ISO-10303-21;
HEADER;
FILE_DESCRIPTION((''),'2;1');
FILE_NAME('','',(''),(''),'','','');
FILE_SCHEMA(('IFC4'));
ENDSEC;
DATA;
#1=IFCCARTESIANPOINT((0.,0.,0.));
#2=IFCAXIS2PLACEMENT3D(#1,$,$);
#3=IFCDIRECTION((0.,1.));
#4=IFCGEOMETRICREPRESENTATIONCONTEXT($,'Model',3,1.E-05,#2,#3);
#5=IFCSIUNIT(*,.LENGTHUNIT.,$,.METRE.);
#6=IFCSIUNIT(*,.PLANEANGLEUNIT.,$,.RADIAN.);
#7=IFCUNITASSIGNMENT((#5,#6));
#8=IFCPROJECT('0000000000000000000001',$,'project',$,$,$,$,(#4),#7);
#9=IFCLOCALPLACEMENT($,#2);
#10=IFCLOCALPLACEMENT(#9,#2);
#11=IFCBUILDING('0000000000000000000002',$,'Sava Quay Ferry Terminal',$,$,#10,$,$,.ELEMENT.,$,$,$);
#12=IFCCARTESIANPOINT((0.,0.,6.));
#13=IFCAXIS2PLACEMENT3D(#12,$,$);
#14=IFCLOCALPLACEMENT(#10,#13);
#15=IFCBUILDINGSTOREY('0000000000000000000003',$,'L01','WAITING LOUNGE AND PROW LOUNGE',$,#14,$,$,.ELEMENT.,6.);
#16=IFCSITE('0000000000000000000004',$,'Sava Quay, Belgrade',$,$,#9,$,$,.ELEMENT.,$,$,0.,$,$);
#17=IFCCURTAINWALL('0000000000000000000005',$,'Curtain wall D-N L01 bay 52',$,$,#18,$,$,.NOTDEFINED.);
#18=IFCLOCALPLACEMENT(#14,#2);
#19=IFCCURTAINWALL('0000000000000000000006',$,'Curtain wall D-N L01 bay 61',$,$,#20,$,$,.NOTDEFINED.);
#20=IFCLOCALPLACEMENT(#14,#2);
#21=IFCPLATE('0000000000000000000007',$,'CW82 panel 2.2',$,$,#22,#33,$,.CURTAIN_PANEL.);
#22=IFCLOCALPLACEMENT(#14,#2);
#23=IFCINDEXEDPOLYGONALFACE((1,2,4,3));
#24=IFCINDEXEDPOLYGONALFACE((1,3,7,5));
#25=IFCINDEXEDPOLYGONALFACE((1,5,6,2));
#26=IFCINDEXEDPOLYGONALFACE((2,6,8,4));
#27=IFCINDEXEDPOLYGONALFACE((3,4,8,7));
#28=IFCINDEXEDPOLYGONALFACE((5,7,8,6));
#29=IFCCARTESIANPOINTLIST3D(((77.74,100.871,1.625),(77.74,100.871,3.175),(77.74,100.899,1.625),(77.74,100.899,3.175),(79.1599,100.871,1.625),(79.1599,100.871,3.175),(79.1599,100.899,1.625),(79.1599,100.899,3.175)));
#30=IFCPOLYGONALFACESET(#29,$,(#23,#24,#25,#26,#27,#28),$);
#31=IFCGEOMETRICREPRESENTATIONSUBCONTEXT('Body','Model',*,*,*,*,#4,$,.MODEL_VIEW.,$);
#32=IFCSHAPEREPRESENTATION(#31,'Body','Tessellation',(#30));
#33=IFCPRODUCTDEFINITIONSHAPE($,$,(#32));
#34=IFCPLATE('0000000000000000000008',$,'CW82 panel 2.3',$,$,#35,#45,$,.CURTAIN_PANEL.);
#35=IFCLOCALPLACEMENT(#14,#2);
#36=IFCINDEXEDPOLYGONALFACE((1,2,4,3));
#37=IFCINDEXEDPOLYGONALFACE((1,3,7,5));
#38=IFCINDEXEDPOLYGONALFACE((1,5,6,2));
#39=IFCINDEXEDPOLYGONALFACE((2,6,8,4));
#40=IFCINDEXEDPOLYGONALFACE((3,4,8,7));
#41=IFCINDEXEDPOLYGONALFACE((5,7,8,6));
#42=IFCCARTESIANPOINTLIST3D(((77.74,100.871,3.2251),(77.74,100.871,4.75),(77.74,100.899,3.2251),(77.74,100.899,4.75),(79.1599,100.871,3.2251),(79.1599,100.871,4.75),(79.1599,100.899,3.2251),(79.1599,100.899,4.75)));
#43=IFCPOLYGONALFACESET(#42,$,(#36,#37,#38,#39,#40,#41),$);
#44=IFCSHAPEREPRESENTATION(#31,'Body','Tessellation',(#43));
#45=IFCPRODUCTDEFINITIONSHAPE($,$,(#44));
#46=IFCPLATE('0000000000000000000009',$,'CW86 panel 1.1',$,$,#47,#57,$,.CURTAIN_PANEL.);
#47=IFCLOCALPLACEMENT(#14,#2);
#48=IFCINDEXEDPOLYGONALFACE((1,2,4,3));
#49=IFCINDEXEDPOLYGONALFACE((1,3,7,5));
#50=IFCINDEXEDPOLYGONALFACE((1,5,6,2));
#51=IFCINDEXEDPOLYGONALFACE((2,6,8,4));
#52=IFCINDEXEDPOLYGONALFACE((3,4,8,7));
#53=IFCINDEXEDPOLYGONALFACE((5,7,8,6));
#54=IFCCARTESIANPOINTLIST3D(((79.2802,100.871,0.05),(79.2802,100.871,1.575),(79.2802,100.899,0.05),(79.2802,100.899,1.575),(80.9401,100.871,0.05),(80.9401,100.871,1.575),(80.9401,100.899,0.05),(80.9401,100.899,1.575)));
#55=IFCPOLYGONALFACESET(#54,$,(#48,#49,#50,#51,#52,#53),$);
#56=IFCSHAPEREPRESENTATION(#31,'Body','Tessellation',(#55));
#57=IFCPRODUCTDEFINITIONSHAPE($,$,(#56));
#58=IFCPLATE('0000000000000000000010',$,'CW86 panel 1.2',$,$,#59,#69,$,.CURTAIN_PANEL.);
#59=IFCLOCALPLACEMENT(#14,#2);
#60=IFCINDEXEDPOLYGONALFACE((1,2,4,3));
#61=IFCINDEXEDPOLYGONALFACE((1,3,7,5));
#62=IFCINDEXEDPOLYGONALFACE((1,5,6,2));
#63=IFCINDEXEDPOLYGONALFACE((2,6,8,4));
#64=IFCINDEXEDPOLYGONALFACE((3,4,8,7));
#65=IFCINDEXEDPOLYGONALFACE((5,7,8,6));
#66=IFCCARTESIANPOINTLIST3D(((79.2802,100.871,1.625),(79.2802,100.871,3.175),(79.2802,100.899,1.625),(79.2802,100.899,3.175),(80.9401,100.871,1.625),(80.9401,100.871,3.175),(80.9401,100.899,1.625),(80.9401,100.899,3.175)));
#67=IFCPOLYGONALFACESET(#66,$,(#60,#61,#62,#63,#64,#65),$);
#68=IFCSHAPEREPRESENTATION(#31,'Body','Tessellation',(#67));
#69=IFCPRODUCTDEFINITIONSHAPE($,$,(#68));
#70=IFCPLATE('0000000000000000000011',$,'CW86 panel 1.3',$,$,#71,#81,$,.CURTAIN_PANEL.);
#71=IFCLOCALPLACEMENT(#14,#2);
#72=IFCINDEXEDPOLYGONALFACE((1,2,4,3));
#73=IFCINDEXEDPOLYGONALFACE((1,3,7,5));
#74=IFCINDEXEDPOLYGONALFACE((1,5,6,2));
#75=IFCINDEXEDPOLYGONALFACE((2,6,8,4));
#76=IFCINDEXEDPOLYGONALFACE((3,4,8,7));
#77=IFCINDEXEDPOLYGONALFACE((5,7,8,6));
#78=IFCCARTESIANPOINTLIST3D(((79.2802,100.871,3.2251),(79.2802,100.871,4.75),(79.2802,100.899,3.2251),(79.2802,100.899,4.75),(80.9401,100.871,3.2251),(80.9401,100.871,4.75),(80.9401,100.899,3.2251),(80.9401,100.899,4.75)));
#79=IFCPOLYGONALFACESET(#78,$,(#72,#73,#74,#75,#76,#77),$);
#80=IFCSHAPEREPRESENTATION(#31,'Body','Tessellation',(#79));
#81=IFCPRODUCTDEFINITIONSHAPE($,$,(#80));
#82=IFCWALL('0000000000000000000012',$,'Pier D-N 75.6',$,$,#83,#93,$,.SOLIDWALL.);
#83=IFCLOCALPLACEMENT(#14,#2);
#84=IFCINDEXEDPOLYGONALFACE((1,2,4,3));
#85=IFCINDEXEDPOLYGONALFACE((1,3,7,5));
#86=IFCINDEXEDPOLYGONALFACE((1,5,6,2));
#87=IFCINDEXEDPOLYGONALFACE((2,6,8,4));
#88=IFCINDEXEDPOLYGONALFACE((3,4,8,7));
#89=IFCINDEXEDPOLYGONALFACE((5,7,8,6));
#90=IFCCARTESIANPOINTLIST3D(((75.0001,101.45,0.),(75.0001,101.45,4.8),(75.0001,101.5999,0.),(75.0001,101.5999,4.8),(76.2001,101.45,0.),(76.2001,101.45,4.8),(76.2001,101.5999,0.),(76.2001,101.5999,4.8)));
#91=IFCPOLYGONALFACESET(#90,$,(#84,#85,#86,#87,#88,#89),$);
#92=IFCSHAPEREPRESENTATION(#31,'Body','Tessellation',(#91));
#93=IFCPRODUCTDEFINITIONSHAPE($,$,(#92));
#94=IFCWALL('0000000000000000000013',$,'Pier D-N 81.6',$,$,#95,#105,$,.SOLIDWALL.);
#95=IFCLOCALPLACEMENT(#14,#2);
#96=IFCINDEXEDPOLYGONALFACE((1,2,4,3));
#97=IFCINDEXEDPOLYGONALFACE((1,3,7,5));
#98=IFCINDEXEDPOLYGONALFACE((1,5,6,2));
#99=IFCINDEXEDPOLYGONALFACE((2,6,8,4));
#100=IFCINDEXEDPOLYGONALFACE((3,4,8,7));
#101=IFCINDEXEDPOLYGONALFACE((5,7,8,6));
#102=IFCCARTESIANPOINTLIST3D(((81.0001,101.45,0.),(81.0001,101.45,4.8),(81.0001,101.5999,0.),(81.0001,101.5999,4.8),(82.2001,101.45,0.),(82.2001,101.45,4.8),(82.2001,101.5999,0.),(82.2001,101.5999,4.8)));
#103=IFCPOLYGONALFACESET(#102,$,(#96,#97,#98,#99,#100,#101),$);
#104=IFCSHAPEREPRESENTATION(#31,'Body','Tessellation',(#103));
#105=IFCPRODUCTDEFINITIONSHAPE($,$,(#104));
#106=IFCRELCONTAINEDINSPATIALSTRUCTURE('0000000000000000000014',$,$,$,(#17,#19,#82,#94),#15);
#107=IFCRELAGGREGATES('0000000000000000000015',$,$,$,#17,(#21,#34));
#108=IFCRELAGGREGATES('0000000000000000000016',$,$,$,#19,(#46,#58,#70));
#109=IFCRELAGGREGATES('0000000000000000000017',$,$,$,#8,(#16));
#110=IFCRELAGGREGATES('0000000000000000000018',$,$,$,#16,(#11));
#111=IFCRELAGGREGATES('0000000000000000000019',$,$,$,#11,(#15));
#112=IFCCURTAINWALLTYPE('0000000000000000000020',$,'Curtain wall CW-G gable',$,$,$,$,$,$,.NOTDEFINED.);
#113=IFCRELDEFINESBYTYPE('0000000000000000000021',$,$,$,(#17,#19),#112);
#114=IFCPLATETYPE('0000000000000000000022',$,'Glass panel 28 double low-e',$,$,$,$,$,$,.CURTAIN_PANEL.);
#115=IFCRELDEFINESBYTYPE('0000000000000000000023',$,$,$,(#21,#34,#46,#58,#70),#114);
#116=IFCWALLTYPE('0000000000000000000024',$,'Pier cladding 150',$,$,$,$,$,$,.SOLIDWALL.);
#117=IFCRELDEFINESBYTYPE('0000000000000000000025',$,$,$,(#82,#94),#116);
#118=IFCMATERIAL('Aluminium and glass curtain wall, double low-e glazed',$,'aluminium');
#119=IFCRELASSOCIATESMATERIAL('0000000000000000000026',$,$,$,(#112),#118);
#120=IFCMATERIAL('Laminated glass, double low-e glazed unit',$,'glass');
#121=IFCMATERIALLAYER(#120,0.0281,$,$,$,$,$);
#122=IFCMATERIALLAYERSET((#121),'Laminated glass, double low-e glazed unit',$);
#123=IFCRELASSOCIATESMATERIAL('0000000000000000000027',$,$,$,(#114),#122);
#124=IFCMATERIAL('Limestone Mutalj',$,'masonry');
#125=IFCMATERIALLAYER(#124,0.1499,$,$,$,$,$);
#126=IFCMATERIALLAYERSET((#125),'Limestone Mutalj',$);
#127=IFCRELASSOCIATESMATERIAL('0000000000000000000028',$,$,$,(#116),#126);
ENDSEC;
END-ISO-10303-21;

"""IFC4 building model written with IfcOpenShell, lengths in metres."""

from ifc_helpers import new_model, si_unit, direction, frame, frame_2d, origin, origin_2d, place, context, subcontext, project, spatial, rectangle, extrude, material, layer, layer_set, type_object, element, aggregate, save


model = new_model("IFC4")

# Units and contexts
model_context = context("Model", 3, precision=1e-05, world=origin(), true_north=direction((0.0, 1.0)))
body_context = subcontext(model_context, "Body", "Model", "MODEL_VIEW")
ifc_project = project(units=[si_unit("LENGTHUNIT", "METRE"), si_unit("PLANEANGLEUNIT", "RADIAN")], contexts=[model_context])

# Site, building, storey
site_placement = place(None, origin())
site = spatial("IfcSite", under=ifc_project, at=site_placement, Name="Sava Quay, Belgrade", CompositionType="ELEMENT", RefElevation=0.0)
building_placement = place(site_placement, origin())
building = spatial("IfcBuilding", under=site, at=building_placement, Name="Sava Quay Ferry Terminal", CompositionType="ELEMENT")
storey_placement = place(building_placement, frame((0.0, 0.0, 6.0)))
storey = spatial("IfcBuildingStorey", under=building, at=storey_placement, Name="L01", Description="WAITING LOUNGE AND PROW LOUNGE", CompositionType="ELEMENT", Elevation=6.0)

# Shared definitions
ifc_material_1 = material(Name="Aluminium and glass curtain wall, double low-e glazed", Category="aluminium")
curtain_wall_type = type_object("IfcCurtainWallType", Name="Curtain wall CW-G gable", PredefinedType="NOTDEFINED", material=ifc_material_1)

# Curtain walls
curtain_wall_1_placement = place(storey_placement, origin())
curtain_wall_1 = element("IfcCurtainWall", 1, at=curtain_wall_1_placement, inside=storey, type_object=curtain_wall_type, Name="Curtain wall D-N L01 bay 52", PredefinedType="NOTDEFINED")
curtain_wall_2_placement = place(storey_placement, origin())
curtain_wall_2 = element("IfcCurtainWall", 2, at=curtain_wall_2_placement, inside=storey, type_object=curtain_wall_type, Name="Curtain wall D-N L01 bay 61", PredefinedType="NOTDEFINED")

# Plates
ifc_material_2 = material(Name="Laminated glass, double low-e glazed unit", Category="glass")
ifc_layer_1 = layer(ifc_material_2, 0.0281)
ifc_layer_set_1 = layer_set([ifc_layer_1], Name="Laminated glass, double low-e glazed unit")
plate_type = type_object("IfcPlateType", Name="Glass panel 28 double low-e", PredefinedType="CURTAIN_PANEL", material=ifc_layer_set_1)
plate_1_placement = place(storey_placement, frame((78.45, 100.885, 1.625), z_axis=(0.0, 0.0, 1.0), x_axis=(1.0, 0.0, 0.0)))
plate_1 = element("IfcPlate", 3, at=plate_1_placement, type_object=plate_type, Name="CW82 panel 2.2", PredefinedType="CURTAIN_PANEL", context=body_context, shape_type="SweptSolid", body=[
    extrude(rectangle(XDim=1.4199, YDim=0.0281, at=origin_2d()), origin(), (0.0, 0.0, 1.0), 1.55),
])
plate_2_placement = place(storey_placement, frame((78.45, 100.885, 3.2251), z_axis=(0.0, 0.0, 1.0), x_axis=(1.0, 0.0, 0.0)))
plate_2 = element("IfcPlate", 4, at=plate_2_placement, type_object=plate_type, Name="CW82 panel 2.3", PredefinedType="CURTAIN_PANEL", context=body_context, shape_type="SweptSolid", body=[
    extrude(rectangle(XDim=1.4199, YDim=0.0281, at=origin_2d()), origin(), (0.0, 0.0, 1.0), 1.5249),
])
aggregate(curtain_wall_1, [plate_1, plate_2])
plate_3_placement = place(storey_placement, frame((80.1101, 100.885, 0.05), z_axis=(0.0, 0.0, 1.0), x_axis=(1.0, 0.0, 0.0)))
plate_3 = element("IfcPlate", 5, at=plate_3_placement, type_object=plate_type, Name="CW86 panel 1.1", PredefinedType="CURTAIN_PANEL", context=body_context, shape_type="SweptSolid", body=[
    extrude(rectangle(XDim=1.6599, YDim=0.0281, at=origin_2d()), origin(), (0.0, 0.0, 1.0), 1.5249),
])
plate_4_placement = place(storey_placement, frame((80.1101, 100.885, 1.625), z_axis=(0.0, 0.0, 1.0), x_axis=(1.0, 0.0, 0.0)))
plate_4 = element("IfcPlate", 6, at=plate_4_placement, type_object=plate_type, Name="CW86 panel 1.2", PredefinedType="CURTAIN_PANEL", context=body_context, shape_type="SweptSolid", body=[
    extrude(rectangle(XDim=1.6599, YDim=0.0281, at=origin_2d()), origin(), (0.0, 0.0, 1.0), 1.55),
])
plate_5_placement = place(storey_placement, frame((80.1101, 100.885, 3.2251), z_axis=(0.0, 0.0, 1.0), x_axis=(1.0, 0.0, 0.0)))
plate_5 = element("IfcPlate", 7, at=plate_5_placement, type_object=plate_type, Name="CW86 panel 1.3", PredefinedType="CURTAIN_PANEL", context=body_context, shape_type="SweptSolid", body=[
    extrude(rectangle(XDim=1.6599, YDim=0.0281, at=origin_2d()), origin(), (0.0, 0.0, 1.0), 1.5249),
])
aggregate(curtain_wall_2, [plate_3, plate_4, plate_5])

# Walls
ifc_material_3 = material(Name="Limestone Mutalj", Category="masonry")
ifc_layer_2 = layer(ifc_material_3, 0.1499)
ifc_layer_set_2 = layer_set([ifc_layer_2], Name="Limestone Mutalj")
wall_type = type_object("IfcWallType", Name="Pier cladding 150", PredefinedType="SOLIDWALL", material=ifc_layer_set_2)
for number, where, z_axis, x_axis, name in (
    (8, (75.0, 101.5249, 0.0), (0.0, 0.0, 1.0), (1.0, 0.0, 0.0), "Pier D-N 75.6"),
    (9, (81.0, 101.5249, 0.0), (0.0, 0.0, 1.0), (1.0, 0.0, 0.0), "Pier D-N 81.6"),
):
    element("IfcWall", number, at=place(storey_placement, frame(where, z_axis=z_axis, x_axis=x_axis)), inside=storey, type_object=wall_type, Name=name, PredefinedType="SOLIDWALL", context=body_context, shape_type="SweptSolid", body=[
        extrude(rectangle(XDim=1.2, YDim=0.1499, at=frame_2d((0.6001, 0.0))), origin(), (0.0, 0.0, 1.0), 4.8),
    ])

save(model, "model.ifc")
